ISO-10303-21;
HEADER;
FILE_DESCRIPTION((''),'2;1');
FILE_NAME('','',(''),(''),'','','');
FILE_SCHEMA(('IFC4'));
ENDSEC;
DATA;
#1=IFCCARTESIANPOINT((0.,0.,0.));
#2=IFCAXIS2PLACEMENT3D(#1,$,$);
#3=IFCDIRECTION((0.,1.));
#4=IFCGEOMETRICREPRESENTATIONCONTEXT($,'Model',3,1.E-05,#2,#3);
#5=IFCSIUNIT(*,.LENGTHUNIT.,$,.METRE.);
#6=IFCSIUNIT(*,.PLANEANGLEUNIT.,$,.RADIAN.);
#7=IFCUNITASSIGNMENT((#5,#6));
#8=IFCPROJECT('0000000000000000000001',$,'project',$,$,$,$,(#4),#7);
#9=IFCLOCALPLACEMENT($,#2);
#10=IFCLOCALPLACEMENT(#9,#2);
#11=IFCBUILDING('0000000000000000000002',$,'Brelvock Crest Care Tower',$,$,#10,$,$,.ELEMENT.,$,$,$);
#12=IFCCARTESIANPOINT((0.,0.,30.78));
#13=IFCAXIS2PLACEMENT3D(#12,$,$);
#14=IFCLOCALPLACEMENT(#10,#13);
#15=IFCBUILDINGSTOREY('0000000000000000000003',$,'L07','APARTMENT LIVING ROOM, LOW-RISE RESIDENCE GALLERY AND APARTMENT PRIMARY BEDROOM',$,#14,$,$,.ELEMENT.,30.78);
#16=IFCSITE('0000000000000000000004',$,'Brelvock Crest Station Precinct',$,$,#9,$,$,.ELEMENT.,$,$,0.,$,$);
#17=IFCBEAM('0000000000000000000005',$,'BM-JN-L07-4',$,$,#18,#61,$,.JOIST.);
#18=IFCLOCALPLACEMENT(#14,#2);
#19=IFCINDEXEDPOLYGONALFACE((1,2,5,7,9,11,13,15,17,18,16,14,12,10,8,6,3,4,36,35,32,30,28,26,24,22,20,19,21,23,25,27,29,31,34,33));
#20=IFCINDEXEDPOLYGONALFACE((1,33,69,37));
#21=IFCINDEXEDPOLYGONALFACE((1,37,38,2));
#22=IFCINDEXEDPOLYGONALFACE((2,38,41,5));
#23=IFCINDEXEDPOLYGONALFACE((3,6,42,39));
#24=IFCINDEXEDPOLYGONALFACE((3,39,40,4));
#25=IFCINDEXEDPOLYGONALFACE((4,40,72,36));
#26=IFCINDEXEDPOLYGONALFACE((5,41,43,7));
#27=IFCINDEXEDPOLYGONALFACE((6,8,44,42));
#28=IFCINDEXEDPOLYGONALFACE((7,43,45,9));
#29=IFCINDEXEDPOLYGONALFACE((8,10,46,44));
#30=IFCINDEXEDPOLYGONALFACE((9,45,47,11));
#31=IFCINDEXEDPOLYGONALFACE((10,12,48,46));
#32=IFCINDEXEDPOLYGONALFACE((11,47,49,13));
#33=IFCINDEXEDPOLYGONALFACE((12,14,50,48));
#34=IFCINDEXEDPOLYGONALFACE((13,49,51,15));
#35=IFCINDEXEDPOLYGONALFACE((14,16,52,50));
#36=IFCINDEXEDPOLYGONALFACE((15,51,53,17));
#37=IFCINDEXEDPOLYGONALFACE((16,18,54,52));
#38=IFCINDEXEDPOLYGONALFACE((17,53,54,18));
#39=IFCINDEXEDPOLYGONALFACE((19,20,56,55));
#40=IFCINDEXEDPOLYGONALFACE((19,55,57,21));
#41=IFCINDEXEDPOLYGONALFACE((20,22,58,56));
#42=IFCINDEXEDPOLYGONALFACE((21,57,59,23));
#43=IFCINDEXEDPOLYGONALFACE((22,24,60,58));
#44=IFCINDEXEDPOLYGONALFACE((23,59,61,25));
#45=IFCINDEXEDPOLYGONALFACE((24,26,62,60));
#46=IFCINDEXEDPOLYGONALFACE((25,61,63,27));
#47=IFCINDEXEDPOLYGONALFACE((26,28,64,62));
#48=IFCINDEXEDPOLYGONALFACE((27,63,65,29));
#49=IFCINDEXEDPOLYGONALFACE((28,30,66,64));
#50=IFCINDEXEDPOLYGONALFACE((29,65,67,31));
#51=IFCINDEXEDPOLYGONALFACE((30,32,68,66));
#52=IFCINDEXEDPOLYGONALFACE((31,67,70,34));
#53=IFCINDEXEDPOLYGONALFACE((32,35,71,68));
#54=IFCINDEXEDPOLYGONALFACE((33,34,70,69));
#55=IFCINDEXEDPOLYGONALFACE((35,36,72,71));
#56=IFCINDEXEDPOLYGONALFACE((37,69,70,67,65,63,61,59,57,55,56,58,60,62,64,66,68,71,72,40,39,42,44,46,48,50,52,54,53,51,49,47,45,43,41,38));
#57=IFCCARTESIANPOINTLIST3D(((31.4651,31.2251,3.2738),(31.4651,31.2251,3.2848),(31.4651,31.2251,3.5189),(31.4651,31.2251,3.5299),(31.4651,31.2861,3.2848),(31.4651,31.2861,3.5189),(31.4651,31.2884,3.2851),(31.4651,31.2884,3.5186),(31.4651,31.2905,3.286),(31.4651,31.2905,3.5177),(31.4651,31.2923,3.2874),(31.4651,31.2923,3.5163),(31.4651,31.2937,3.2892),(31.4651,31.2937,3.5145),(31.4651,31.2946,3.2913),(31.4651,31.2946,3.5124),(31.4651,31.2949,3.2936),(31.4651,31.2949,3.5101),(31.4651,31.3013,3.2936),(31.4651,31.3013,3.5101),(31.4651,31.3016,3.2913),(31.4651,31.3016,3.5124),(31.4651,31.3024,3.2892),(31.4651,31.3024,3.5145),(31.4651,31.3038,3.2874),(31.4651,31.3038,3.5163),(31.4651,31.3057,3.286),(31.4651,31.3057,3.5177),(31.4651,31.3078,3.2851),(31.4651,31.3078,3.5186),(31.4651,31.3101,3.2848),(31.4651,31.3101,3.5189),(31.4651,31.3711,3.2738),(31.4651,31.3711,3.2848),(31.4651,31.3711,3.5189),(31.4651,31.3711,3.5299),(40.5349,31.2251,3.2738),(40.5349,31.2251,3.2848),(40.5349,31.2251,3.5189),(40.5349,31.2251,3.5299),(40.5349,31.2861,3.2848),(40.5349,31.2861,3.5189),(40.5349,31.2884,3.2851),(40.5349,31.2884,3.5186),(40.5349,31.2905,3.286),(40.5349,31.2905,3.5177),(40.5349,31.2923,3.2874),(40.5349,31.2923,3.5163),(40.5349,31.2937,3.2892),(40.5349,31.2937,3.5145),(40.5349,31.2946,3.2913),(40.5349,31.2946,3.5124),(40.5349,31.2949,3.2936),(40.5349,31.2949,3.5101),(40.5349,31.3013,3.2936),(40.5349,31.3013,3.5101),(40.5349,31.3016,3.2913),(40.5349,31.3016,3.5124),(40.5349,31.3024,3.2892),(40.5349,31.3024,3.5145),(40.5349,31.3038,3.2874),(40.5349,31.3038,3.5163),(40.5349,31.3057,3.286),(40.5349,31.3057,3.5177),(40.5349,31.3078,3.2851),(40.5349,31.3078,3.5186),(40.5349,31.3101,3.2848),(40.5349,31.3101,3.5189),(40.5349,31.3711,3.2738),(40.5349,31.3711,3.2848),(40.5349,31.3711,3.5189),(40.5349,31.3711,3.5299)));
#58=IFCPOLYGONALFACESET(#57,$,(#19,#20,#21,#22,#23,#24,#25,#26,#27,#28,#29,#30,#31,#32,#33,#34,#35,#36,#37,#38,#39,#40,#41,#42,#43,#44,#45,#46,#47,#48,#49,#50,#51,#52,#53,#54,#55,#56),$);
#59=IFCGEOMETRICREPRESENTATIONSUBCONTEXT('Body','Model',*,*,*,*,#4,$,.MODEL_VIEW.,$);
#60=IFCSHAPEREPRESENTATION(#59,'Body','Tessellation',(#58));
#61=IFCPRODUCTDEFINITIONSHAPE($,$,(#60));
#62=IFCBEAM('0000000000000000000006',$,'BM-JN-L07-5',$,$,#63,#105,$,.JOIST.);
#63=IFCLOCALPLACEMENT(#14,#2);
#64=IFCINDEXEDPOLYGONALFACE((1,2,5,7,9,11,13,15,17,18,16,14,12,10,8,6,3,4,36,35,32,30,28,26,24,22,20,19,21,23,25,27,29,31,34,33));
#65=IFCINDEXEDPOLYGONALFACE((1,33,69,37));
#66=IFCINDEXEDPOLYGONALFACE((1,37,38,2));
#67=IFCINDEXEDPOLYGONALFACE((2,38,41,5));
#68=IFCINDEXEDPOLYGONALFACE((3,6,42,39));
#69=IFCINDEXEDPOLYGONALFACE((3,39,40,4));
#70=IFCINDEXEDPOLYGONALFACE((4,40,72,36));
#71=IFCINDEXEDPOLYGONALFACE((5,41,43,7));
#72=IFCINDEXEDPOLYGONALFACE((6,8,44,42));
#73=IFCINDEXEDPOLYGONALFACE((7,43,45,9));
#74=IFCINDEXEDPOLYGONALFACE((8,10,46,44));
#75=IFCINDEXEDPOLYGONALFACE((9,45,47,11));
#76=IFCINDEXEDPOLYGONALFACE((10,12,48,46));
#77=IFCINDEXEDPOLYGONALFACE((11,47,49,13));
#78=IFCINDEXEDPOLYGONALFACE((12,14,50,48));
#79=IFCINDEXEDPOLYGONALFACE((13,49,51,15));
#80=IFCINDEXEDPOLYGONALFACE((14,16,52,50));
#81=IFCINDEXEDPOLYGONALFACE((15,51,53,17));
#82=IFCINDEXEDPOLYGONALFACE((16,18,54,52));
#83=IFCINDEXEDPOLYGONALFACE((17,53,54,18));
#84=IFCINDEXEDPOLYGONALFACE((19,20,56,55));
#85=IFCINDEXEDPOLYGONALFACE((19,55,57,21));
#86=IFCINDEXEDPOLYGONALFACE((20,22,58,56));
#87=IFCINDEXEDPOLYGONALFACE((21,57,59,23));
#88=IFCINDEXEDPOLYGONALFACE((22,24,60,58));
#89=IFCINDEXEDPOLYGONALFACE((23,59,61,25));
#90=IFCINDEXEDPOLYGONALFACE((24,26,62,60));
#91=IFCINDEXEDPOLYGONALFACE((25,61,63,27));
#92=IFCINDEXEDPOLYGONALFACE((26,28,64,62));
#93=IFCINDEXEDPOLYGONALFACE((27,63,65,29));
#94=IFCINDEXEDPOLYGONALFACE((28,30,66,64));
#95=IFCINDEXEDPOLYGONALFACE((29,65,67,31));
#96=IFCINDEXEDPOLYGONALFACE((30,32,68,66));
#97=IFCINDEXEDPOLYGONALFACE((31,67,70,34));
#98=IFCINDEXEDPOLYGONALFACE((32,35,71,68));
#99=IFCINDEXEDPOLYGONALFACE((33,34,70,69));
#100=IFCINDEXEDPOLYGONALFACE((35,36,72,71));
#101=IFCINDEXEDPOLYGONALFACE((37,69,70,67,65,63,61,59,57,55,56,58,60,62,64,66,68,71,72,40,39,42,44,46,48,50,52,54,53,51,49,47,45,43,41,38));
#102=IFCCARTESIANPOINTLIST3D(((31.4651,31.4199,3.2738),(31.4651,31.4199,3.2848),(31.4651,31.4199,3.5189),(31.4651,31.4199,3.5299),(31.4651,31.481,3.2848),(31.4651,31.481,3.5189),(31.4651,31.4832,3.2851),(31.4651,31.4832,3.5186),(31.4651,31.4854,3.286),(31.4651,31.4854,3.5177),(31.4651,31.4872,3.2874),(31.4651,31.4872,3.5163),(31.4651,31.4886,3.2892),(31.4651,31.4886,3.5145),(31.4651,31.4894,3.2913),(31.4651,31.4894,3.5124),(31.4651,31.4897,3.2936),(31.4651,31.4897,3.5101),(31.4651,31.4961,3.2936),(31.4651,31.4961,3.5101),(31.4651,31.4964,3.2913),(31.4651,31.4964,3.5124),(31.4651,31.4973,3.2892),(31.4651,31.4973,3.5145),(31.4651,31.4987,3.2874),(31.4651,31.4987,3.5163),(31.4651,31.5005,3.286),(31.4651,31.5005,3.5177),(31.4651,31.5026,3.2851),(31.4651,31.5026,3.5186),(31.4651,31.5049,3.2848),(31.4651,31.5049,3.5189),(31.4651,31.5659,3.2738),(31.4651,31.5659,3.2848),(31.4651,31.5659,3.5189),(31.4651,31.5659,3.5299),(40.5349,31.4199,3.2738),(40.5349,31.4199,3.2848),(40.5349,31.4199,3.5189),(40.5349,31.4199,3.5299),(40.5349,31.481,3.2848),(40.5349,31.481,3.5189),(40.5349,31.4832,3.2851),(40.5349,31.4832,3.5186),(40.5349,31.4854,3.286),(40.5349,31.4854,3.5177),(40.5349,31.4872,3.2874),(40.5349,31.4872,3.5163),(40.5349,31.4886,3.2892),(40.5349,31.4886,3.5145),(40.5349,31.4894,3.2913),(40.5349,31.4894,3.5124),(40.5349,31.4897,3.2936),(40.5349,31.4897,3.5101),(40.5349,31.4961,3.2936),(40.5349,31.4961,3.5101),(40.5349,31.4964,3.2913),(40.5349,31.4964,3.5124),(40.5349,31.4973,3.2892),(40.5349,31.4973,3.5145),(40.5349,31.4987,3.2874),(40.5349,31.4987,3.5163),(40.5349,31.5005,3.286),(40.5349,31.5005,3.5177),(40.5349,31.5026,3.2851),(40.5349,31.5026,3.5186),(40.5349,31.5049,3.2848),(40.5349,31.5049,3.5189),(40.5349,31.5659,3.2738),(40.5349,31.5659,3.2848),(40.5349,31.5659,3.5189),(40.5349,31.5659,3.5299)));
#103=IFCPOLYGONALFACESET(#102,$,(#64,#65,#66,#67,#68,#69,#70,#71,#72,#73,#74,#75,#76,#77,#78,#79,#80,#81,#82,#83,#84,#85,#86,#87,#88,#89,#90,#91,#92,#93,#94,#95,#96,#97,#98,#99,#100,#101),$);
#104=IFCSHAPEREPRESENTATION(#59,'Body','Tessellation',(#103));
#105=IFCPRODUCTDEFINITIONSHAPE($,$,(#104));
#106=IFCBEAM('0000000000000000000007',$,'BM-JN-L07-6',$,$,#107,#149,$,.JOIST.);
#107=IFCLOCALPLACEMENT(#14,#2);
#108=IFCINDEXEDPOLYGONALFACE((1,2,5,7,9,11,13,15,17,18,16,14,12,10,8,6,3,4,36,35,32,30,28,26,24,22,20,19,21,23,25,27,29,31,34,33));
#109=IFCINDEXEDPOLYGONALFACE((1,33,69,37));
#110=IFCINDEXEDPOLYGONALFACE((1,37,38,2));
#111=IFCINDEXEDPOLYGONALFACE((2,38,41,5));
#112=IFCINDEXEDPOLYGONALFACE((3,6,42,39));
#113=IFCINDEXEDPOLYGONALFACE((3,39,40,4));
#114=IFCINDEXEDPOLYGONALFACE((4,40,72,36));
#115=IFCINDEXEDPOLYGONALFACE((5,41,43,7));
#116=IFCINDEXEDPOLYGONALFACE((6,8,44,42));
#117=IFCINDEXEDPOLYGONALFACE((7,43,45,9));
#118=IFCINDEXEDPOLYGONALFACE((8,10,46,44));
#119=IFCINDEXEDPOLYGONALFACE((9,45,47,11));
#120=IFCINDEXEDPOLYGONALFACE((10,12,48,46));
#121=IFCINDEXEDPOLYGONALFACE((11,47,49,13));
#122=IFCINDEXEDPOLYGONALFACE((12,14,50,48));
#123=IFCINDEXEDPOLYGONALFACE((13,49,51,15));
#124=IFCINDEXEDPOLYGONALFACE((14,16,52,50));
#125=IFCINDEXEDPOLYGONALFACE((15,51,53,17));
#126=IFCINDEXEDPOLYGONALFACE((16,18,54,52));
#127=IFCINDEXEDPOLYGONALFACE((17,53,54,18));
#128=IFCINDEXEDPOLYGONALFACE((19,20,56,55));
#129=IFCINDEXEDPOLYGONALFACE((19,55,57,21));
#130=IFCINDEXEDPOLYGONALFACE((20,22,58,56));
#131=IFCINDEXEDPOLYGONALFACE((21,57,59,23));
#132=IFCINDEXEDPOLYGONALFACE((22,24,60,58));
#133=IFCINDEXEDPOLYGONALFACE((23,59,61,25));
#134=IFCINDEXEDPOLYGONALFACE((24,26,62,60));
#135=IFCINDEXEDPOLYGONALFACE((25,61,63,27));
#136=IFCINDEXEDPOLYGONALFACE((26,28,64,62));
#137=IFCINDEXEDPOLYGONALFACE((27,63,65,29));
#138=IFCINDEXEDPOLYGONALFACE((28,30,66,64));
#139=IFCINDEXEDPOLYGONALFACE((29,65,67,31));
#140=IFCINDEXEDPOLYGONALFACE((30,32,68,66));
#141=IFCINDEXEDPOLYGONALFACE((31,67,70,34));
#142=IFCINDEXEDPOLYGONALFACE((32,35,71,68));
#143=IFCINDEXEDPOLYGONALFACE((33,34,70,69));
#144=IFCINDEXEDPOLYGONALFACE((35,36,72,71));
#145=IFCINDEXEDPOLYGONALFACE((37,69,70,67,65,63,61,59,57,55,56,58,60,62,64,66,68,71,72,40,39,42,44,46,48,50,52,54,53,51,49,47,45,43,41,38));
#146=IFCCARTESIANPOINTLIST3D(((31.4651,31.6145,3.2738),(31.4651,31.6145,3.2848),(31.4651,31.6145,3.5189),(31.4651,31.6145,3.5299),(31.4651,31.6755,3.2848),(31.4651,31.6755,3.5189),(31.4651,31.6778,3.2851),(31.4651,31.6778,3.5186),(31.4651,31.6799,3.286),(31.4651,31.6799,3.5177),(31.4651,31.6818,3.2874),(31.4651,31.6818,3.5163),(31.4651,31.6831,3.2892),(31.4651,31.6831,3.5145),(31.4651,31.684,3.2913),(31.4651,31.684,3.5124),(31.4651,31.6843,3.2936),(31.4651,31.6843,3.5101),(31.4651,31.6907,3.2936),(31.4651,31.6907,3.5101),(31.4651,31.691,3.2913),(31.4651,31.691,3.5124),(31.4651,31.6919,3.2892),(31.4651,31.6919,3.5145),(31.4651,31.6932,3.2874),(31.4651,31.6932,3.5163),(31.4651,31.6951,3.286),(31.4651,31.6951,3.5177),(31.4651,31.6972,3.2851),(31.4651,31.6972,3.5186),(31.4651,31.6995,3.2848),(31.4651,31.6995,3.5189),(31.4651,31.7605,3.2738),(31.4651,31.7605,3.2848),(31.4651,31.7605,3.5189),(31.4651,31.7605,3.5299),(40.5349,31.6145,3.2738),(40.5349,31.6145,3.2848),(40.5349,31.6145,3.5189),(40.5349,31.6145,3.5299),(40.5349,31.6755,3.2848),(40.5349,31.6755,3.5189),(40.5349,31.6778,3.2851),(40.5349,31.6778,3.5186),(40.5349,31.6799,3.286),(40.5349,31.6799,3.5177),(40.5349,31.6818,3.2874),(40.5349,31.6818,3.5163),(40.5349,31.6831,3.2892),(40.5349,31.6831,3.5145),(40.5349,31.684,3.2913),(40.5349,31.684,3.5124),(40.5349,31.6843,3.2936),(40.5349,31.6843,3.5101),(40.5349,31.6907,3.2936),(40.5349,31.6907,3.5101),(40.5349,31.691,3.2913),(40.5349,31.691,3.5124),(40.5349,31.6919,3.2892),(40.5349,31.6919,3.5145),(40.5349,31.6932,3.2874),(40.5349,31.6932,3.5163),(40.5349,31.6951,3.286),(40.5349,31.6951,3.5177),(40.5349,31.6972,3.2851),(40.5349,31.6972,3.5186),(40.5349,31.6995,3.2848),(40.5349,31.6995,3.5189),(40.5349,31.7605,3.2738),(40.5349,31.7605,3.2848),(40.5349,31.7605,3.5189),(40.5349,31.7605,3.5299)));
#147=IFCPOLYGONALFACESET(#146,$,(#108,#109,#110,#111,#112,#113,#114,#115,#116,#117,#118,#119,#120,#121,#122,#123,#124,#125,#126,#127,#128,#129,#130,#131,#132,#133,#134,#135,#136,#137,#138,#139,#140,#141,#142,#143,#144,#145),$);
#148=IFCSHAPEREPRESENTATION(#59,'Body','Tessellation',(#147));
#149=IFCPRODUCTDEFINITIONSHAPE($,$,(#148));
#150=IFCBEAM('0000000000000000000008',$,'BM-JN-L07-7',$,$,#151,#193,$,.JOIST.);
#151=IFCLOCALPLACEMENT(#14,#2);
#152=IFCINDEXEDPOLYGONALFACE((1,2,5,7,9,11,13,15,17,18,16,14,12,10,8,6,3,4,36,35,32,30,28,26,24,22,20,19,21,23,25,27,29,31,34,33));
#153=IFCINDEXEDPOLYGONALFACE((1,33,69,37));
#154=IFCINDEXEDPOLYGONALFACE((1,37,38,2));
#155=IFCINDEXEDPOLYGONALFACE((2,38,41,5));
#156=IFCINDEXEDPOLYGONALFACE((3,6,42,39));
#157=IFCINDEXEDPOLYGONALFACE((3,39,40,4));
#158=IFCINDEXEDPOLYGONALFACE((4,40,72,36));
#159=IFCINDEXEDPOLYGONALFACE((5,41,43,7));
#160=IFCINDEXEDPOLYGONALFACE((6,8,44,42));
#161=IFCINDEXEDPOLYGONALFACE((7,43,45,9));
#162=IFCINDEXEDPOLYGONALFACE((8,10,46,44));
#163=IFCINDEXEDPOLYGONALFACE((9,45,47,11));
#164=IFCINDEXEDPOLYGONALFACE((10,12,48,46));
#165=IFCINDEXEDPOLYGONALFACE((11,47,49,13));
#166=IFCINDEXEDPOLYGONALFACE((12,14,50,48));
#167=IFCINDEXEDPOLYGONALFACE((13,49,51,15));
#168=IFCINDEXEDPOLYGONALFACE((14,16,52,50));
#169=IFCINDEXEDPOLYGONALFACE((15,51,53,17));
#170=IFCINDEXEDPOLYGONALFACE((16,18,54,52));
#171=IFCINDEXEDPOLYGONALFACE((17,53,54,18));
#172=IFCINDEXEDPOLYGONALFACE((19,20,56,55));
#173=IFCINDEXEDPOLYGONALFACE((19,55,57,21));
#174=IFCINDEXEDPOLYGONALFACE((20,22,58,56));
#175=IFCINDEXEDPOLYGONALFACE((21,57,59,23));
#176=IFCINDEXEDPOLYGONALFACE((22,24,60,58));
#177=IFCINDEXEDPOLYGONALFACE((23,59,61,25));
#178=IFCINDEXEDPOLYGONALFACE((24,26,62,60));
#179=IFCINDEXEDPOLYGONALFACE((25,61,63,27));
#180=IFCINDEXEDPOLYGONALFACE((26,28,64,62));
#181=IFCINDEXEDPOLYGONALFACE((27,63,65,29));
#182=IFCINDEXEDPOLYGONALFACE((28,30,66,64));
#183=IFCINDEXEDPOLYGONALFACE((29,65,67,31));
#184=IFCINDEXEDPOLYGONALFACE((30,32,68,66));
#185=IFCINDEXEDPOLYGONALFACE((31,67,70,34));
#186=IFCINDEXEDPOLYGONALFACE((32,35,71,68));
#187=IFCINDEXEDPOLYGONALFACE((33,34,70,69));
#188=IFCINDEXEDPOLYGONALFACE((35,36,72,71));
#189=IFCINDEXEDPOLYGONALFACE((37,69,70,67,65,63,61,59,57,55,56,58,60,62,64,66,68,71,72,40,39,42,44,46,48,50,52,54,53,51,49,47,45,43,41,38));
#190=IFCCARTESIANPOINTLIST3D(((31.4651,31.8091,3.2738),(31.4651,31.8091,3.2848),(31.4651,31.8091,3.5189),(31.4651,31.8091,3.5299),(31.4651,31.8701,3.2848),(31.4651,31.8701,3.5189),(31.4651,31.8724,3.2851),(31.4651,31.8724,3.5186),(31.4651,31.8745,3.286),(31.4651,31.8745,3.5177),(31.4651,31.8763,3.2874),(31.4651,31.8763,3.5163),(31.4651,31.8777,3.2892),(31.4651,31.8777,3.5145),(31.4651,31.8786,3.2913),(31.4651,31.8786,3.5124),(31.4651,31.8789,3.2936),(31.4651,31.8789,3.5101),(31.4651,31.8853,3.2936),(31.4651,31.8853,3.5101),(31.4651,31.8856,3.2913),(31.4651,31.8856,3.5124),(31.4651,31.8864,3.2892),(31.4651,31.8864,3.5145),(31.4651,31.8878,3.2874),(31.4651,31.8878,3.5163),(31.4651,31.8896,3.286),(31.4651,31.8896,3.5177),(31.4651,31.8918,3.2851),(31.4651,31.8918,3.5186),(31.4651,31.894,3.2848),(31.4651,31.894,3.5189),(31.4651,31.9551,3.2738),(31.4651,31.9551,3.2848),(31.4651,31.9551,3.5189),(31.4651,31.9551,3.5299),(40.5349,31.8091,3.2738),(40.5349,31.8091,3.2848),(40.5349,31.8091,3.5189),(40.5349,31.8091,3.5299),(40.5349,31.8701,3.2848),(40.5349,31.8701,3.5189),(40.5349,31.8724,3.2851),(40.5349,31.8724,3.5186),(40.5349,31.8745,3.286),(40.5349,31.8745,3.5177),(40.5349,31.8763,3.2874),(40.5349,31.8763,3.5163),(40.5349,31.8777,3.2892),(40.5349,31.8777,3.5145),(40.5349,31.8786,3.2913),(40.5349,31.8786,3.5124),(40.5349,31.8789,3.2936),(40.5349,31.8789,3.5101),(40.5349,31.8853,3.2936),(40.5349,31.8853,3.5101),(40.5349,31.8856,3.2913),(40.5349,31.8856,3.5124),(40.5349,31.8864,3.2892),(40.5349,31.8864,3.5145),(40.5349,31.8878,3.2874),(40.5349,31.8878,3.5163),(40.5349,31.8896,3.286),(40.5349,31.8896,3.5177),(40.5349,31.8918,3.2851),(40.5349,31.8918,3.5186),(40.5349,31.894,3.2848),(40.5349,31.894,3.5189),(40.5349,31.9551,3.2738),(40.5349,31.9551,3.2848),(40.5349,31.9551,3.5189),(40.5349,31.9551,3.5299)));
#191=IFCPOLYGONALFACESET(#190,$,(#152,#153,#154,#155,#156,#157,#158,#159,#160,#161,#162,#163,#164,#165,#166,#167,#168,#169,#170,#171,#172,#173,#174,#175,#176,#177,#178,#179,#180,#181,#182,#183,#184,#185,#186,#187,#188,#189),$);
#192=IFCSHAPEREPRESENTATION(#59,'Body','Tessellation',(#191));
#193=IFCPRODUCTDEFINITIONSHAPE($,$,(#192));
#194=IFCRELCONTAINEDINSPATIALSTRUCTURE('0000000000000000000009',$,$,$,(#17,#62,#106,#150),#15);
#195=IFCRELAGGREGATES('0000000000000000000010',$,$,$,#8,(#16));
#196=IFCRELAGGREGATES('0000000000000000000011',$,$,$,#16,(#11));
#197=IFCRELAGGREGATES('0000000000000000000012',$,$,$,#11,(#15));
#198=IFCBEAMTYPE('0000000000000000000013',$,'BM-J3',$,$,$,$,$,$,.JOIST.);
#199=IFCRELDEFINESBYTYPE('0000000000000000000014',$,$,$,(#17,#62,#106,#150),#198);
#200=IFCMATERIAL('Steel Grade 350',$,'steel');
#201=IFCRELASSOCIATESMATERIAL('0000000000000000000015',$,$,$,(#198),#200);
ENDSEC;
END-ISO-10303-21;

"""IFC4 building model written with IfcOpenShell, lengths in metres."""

from ifc_helpers import new_model, si_unit, direction, frame, origin, origin_2d, place, context, subcontext, project, spatial, i_section, extrude, source, transform, mapped, material, material_profile, profile_set, type_object, element, save


model = new_model("IFC4")

# Units and contexts
model_context = context("Model", 3, precision=1e-05, world=origin(), true_north=direction((0.0, 1.0)))
body_context = subcontext(model_context, "Body", "Model", "MODEL_VIEW")
ifc_project = project(units=[si_unit("LENGTHUNIT", "METRE"), si_unit("PLANEANGLEUNIT", "RADIAN")], contexts=[model_context])

# Site, building, storey
site_placement = place(None, origin())
site = spatial("IfcSite", under=ifc_project, at=site_placement, Name="Brelvock Crest Station Precinct", CompositionType="ELEMENT", RefElevation=0.0)
building_placement = place(site_placement, origin())
building = spatial("IfcBuilding", under=site, at=building_placement, Name="Brelvock Crest Care Tower", CompositionType="ELEMENT")
storey_placement = place(building_placement, frame((0.0, 0.0, 30.78)))
storey = spatial("IfcBuildingStorey", under=building, at=storey_placement, Name="L07", Description="APARTMENT LIVING ROOM, LOW-RISE RESIDENCE GALLERY AND APARTMENT PRIMARY BEDROOM", CompositionType="ELEMENT", Elevation=30.78)

# Beams
ifc_material_1 = material(Name="Steel Grade 350", Category="steel")
ifc_material_profile = material_profile(ifc_material_1, i_section(OverallWidth=0.146, OverallDepth=0.2561, WebThickness=0.0063, FlangeThickness=0.011, FilletRadius=0.0088, at=origin_2d()), Name="250UB37.3")
ifc_profile_set = profile_set([ifc_material_profile], Name="Steel Grade 350")
beam_type = type_object("IfcBeamType", Name="BM-J3", PredefinedType="JOIST", material=ifc_profile_set)
shared_shape_1 = source(origin(), body_context, "Body", "SweptSolid", [
    extrude(i_section(OverallWidth=0.146, OverallDepth=0.2561, WebThickness=0.0063, FlangeThickness=0.011, FilletRadius=0.0088, at=origin_2d()), origin(), (0.0, 0.0, 1.0), 9.0698),
])
for number, where, z_axis, x_axis, name in (
    (1, (31.4651, 31.2981, 3.4019), (1.0, 0.0, 0.0), (0.0, 1.0, 0.0), "BM-JN-L07-4"),
    (2, (31.4651, 31.4929, 3.4019), (1.0, 0.0, 0.0), (0.0, 1.0, 0.0), "BM-JN-L07-5"),
    (3, (31.4651, 31.6875, 3.4019), (1.0, 0.0, 0.0), (0.0, 1.0, 0.0), "BM-JN-L07-6"),
    (4, (31.4651, 31.8821, 3.4019), (1.0, 0.0, 0.0), (0.0, 1.0, 0.0), "BM-JN-L07-7"),
):
    element("IfcBeam", number, at=place(storey_placement, frame(where, z_axis=z_axis, x_axis=x_axis)), inside=storey, type_object=beam_type, Name=name, PredefinedType="JOIST", context=body_context, shape_type="MappedRepresentation", body=[
        mapped(shared_shape_1, transform((0.0, 0.0, 0.0), x_axis=(1.0, 0.0, 0.0), y_axis=(0.0, 1.0, 0.0), z_axis=(0.0, 0.0, 1.0), scale=1.0)),
    ])

save(model, "model.ifc")
